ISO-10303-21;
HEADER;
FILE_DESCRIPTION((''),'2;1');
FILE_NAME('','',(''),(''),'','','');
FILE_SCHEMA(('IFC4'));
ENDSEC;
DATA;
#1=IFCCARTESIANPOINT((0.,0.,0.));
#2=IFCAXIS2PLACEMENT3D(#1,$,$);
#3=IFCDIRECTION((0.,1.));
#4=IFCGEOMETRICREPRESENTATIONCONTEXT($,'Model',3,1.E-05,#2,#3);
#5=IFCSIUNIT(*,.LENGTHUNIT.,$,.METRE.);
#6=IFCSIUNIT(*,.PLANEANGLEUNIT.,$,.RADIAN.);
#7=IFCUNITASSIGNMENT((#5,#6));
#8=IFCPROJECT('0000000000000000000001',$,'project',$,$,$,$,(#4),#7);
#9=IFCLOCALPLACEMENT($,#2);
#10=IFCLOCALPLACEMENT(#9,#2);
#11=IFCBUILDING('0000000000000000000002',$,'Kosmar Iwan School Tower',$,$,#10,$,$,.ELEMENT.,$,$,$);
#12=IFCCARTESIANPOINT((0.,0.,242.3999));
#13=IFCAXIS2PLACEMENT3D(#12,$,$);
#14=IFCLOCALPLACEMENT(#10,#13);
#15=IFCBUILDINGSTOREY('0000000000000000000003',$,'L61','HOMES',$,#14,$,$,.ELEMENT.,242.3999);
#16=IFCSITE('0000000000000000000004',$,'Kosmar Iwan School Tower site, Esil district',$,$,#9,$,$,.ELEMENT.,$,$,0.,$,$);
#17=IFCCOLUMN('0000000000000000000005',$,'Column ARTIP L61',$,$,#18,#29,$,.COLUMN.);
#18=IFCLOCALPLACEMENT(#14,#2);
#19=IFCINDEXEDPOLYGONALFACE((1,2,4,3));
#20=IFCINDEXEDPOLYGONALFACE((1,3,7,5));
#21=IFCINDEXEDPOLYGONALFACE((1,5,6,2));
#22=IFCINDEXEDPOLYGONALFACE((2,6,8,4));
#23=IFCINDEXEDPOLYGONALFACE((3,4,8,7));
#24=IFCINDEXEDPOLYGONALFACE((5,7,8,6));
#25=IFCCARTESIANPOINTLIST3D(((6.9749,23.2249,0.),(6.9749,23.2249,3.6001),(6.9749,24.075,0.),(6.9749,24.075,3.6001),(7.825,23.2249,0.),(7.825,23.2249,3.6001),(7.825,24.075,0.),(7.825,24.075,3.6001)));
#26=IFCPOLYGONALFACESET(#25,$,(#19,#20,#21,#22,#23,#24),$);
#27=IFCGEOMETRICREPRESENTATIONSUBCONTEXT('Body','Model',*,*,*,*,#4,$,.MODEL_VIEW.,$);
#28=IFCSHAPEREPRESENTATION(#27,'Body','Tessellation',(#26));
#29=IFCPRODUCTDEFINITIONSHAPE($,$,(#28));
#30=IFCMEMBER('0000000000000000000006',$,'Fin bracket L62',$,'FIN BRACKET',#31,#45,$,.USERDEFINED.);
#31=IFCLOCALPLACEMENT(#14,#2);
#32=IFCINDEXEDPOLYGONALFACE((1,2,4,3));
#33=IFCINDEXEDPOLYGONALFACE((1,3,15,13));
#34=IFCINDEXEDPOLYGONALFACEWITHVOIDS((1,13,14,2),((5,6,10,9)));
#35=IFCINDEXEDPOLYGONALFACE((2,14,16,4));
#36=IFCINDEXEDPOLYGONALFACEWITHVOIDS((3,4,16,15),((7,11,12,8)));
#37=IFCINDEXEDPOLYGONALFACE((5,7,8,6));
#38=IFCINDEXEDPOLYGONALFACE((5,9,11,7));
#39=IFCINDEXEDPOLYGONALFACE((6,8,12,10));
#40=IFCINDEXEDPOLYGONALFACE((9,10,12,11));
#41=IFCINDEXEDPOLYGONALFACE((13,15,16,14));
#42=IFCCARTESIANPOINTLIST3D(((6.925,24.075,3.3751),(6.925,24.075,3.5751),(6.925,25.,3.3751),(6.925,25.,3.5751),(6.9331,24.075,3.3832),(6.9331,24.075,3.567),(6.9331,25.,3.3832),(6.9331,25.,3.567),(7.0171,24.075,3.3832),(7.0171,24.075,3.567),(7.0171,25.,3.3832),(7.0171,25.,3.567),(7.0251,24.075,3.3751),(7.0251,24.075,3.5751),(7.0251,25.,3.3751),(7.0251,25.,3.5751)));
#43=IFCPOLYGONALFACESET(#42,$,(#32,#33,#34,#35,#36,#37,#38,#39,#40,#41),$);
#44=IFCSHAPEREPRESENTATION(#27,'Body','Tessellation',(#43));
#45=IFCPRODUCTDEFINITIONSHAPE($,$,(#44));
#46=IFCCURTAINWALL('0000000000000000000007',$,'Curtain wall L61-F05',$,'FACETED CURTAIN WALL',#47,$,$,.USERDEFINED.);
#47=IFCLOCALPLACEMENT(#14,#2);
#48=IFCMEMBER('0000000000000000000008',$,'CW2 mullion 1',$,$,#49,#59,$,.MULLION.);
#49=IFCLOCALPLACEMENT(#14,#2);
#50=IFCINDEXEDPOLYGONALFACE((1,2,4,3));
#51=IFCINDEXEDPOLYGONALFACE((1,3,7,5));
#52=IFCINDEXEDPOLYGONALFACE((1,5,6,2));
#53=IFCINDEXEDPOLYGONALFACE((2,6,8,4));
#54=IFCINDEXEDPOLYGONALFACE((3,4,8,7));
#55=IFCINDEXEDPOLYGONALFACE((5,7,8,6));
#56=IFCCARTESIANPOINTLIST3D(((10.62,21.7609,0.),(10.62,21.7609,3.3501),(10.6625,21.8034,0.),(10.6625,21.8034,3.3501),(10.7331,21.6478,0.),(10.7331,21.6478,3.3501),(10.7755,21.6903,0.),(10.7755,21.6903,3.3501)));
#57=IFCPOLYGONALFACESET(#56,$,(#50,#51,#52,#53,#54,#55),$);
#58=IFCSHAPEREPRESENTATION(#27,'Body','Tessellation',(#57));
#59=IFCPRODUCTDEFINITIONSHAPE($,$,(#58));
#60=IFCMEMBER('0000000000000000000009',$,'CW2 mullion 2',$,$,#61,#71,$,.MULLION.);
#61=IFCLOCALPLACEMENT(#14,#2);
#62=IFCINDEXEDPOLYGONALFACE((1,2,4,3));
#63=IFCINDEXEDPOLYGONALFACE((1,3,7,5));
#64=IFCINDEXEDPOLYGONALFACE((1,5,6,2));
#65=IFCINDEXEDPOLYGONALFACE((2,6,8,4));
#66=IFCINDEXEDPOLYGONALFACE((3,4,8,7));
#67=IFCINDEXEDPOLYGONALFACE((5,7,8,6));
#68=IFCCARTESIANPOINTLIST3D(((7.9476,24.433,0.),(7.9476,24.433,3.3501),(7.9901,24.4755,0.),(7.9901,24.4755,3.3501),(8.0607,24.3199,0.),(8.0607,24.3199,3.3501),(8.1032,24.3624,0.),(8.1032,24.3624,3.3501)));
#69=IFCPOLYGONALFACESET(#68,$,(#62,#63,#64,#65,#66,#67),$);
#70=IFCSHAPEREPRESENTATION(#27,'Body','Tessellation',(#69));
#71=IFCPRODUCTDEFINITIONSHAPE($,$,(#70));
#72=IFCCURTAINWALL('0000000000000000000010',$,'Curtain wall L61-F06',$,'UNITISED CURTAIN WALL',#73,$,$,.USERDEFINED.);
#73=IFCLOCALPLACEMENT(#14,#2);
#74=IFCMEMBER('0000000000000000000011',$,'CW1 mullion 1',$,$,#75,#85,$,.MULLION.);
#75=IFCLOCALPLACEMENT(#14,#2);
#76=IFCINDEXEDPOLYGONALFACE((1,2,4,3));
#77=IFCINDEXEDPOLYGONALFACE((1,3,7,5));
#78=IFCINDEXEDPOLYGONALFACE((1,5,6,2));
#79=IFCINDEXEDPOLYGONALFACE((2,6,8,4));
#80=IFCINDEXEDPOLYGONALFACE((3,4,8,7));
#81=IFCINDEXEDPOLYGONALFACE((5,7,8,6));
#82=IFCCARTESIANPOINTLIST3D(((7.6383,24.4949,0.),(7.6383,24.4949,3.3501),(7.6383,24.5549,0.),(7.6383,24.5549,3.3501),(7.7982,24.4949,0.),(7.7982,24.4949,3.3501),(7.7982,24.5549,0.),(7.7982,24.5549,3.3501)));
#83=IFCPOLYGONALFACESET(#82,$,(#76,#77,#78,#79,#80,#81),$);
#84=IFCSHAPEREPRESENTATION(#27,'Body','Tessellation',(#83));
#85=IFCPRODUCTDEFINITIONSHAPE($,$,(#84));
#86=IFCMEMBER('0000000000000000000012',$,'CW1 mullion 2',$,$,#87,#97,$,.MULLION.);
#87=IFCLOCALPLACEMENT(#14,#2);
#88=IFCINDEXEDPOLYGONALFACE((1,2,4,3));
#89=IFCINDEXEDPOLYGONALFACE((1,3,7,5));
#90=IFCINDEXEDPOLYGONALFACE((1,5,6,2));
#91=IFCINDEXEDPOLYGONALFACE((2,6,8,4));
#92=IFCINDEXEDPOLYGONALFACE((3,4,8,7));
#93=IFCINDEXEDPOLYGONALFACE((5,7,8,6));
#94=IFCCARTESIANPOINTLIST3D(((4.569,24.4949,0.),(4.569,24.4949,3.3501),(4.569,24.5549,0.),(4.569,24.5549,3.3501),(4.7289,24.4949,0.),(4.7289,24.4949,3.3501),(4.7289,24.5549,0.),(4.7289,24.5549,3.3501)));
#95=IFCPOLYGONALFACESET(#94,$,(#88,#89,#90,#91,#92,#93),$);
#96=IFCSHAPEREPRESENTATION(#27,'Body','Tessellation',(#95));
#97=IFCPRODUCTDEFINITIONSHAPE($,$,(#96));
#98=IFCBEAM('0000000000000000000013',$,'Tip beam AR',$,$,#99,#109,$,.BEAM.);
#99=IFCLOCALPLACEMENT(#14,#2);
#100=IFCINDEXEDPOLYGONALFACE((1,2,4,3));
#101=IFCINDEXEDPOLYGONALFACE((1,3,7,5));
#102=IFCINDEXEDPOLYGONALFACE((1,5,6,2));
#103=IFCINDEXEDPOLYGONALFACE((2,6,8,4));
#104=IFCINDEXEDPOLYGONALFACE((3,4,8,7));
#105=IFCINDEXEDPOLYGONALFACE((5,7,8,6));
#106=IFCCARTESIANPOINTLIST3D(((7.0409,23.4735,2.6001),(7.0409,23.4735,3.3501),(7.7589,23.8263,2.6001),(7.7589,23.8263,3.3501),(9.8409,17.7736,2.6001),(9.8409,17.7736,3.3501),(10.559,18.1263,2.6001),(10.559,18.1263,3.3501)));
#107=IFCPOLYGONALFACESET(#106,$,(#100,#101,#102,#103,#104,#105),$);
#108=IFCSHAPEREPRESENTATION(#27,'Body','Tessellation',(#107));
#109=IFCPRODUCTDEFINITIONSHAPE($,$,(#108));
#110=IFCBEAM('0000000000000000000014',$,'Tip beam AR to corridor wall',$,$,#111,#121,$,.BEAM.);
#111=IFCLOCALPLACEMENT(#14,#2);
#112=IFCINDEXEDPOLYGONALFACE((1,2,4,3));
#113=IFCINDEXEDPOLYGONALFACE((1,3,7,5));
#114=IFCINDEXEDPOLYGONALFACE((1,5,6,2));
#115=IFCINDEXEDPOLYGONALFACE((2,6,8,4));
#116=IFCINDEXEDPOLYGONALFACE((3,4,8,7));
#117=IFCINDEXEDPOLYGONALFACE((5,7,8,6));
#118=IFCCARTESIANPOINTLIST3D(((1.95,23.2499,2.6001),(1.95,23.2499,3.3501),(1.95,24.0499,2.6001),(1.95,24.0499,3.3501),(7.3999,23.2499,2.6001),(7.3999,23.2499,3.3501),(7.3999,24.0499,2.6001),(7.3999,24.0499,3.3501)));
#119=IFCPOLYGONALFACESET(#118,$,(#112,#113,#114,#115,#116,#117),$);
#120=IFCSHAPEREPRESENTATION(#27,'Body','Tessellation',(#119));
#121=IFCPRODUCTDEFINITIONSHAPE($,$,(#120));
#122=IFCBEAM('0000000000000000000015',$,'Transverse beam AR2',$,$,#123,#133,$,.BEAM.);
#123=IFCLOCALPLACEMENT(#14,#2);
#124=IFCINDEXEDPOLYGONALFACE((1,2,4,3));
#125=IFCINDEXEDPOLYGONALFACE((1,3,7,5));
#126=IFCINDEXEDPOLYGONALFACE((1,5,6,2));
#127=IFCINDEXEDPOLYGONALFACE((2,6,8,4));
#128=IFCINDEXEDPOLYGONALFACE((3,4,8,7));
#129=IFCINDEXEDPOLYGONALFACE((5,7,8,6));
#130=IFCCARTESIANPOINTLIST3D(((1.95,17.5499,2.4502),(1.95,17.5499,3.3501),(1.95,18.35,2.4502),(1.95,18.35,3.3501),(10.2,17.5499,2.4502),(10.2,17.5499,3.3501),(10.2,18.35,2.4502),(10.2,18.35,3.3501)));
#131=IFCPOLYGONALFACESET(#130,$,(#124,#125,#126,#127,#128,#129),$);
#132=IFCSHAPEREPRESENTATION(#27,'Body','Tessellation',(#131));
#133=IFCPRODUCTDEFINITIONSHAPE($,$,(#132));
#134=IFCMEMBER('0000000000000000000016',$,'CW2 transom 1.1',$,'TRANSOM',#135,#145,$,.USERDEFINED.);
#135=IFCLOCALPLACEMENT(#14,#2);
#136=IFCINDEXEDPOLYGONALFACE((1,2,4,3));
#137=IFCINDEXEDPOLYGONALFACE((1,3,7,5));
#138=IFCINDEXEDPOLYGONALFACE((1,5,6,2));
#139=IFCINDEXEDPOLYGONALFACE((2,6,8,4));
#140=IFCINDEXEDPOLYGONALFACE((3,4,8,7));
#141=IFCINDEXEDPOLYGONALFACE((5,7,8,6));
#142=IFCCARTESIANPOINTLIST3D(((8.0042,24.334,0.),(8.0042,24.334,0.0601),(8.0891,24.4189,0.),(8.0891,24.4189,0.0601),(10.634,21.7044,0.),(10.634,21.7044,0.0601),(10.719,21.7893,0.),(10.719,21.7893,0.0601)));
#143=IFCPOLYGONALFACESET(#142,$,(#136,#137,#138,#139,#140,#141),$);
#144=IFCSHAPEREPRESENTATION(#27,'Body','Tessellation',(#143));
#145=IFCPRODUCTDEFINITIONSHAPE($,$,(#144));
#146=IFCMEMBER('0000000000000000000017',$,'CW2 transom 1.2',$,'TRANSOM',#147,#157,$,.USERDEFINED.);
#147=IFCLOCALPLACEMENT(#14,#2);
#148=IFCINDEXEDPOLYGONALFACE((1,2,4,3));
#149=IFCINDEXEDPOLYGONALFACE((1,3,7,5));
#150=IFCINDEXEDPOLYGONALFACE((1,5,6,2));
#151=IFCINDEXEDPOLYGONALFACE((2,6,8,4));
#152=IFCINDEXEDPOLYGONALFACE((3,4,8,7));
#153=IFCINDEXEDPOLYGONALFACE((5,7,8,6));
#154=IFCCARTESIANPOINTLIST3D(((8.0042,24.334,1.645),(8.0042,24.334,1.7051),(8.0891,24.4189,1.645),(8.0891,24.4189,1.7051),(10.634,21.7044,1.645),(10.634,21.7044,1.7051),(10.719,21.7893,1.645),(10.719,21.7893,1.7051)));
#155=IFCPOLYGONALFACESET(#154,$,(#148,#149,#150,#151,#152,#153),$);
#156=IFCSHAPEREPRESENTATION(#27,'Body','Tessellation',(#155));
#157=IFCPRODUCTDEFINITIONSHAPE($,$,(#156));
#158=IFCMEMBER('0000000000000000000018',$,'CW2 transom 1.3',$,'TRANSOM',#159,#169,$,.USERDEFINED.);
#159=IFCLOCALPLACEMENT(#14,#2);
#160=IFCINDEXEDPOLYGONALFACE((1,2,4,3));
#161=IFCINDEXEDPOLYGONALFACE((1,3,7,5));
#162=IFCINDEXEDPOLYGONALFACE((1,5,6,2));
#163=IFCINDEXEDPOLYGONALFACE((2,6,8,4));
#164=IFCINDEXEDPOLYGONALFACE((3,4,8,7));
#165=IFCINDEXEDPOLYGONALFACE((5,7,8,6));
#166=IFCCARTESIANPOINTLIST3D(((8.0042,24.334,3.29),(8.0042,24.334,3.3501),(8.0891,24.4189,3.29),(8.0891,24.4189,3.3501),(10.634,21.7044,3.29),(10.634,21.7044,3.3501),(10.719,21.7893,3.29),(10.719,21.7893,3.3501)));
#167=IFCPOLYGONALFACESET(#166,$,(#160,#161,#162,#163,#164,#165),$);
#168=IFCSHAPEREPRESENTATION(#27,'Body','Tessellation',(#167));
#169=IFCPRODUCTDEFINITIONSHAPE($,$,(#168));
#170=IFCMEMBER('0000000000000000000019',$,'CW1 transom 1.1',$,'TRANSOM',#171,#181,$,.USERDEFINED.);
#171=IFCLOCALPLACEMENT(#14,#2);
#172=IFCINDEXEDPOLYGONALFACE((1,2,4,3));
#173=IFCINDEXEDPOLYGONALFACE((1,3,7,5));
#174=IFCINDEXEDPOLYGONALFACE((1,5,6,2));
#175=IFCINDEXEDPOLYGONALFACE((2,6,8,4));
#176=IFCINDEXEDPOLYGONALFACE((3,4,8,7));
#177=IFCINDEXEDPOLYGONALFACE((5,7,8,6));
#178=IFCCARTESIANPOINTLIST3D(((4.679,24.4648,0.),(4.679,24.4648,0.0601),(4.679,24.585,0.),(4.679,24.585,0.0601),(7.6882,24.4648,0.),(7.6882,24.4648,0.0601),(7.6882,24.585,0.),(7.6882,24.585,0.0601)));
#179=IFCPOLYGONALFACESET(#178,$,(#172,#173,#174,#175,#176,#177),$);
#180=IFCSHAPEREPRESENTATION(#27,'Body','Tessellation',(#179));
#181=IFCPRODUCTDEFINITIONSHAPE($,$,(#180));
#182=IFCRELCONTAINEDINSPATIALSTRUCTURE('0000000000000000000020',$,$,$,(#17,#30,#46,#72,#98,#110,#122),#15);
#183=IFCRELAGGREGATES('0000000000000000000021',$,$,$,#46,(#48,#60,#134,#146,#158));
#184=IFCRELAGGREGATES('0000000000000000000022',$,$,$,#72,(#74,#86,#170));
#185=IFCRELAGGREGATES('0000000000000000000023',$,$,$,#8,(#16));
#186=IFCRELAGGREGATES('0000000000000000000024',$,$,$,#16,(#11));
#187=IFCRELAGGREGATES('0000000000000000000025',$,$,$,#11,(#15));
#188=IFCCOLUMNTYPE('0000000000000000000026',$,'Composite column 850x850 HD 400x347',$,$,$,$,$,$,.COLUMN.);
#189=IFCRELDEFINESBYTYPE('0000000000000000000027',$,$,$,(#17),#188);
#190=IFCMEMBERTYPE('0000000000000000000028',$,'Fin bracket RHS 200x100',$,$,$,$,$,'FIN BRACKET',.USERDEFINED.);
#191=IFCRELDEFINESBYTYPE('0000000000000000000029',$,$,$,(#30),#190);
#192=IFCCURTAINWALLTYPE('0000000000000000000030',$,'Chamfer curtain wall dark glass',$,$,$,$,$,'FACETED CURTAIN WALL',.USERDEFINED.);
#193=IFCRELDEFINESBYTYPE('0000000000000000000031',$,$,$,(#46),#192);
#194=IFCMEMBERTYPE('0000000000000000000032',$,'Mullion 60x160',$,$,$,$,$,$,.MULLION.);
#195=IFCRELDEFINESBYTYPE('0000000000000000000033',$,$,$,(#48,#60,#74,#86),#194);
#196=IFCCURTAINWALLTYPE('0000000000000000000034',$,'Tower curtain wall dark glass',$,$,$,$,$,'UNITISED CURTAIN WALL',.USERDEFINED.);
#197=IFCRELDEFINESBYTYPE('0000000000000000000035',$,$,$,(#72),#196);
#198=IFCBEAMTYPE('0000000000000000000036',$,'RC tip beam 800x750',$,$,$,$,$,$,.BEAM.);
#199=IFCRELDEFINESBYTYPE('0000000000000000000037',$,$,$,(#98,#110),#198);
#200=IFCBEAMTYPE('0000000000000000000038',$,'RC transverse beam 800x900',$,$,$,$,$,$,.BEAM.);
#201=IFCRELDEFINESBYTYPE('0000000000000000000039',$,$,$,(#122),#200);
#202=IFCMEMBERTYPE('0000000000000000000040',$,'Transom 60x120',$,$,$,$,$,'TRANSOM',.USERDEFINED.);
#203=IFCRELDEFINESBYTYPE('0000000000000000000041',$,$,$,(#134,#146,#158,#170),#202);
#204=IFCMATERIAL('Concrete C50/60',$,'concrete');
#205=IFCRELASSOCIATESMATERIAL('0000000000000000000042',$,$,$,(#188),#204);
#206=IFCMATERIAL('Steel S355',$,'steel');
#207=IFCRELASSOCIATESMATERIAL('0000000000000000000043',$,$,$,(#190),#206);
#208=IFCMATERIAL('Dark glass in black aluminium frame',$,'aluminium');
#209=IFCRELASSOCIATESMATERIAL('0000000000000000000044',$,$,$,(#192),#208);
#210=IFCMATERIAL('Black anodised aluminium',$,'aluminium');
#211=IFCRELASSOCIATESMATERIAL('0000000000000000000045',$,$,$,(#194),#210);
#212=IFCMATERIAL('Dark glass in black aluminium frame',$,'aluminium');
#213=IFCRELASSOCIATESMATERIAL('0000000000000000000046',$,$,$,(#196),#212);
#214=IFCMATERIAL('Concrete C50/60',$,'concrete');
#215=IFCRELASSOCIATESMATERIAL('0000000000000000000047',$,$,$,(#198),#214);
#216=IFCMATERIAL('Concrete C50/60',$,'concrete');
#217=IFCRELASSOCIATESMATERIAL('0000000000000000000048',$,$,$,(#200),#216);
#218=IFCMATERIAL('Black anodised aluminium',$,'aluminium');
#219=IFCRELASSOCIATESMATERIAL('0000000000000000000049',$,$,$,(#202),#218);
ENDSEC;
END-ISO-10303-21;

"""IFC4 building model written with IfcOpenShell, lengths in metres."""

from ifc_helpers import new_model, si_unit, direction, frame, origin, origin_2d, place, context, subcontext, project, spatial, rectangle, hollow_rectangle, extrude, material, material_profile, profile_set, type_object, element, aggregate, save


model = new_model("IFC4")

# Units and contexts
model_context = context("Model", 3, precision=1e-05, world=origin(), true_north=direction((0.0, 1.0)))
body_context = subcontext(model_context, "Body", "Model", "MODEL_VIEW")
ifc_project = project(units=[si_unit("LENGTHUNIT", "METRE"), si_unit("PLANEANGLEUNIT", "RADIAN")], contexts=[model_context])

# Site, building, storey
site_placement = place(None, origin())
site = spatial("IfcSite", under=ifc_project, at=site_placement, Name="Kosmar Iwan School Tower site, Esil district", CompositionType="ELEMENT", RefElevation=0.0)
building_placement = place(site_placement, origin())
building = spatial("IfcBuilding", under=site, at=building_placement, Name="Kosmar Iwan School Tower", CompositionType="ELEMENT")
storey_placement = place(building_placement, frame((0.0, 0.0, 242.3999)))
storey = spatial("IfcBuildingStorey", under=building, at=storey_placement, Name="L61", Description="HOMES", CompositionType="ELEMENT", Elevation=242.3999)

# Column
ifc_material_1 = material(Name="Concrete C50/60", Category="concrete")
ifc_material_profile_1 = material_profile(ifc_material_1, rectangle(XDim=0.8501, YDim=0.8501, at=origin_2d()), Name="RC 850x850 + HD 400x347")
ifc_profile_set_1 = profile_set([ifc_material_profile_1], Name="Concrete C50/60")
column_type = type_object("IfcColumnType", Name="Composite column 850x850 HD 400x347", PredefinedType="COLUMN", material=ifc_profile_set_1)
column_placement = place(storey_placement, frame((7.3999, 23.6499, 0.0), z_axis=(0.0, 0.0, 1.0), x_axis=(0.0, 1.0, 0.0)))
element("IfcColumn", 1, at=column_placement, inside=storey, type_object=column_type, Name="Column ARTIP L61", PredefinedType="COLUMN", context=body_context, shape_type="SweptSolid", body=[
    extrude(rectangle(XDim=0.8501, YDim=0.8501, at=origin_2d()), origin(), (0.0, 0.0, 1.0), 3.6001),
])

# Member
ifc_material_2 = material(Name="Steel S355", Category="steel")
ifc_material_profile_2 = material_profile(ifc_material_2, hollow_rectangle(XDim=0.1001, YDim=0.2, WallThickness=0.0081, at=origin_2d()), Name="RHS 200x100x8")
ifc_profile_set_2 = profile_set([ifc_material_profile_2], Name="Steel S355")
member_type_1 = type_object("IfcMemberType", Name="Fin bracket RHS 200x100", ElementType="FIN BRACKET", PredefinedType="USERDEFINED", material=ifc_profile_set_2)
member_1_placement = place(storey_placement, frame((6.9751, 24.075, 3.4751), z_axis=(0.0, 1.0, 0.0), x_axis=(-1.0, 0.0, 0.0)))
element("IfcMember", 2, at=member_1_placement, inside=storey, type_object=member_type_1, Name="Fin bracket L62", ObjectType="FIN BRACKET", PredefinedType="USERDEFINED", context=body_context, shape_type="SweptSolid", body=[
    extrude(hollow_rectangle(XDim=0.1001, YDim=0.2, WallThickness=0.0081, at=origin_2d()), origin(), (0.0, 0.0, 1.0), 0.925),
])

# Curtain walls, members
ifc_material_3 = material(Name="Dark glass in black aluminium frame", Category="aluminium")
curtain_wall_type_1 = type_object("IfcCurtainWallType", Name="Chamfer curtain wall dark glass", ElementType="FACETED CURTAIN WALL", PredefinedType="USERDEFINED", material=ifc_material_3)
curtain_wall_1_placement = place(storey_placement, origin())
curtain_wall_1 = element("IfcCurtainWall", 3, at=curtain_wall_1_placement, inside=storey, type_object=curtain_wall_type_1, Name="Curtain wall L61-F05", ObjectType="FACETED CURTAIN WALL", PredefinedType="USERDEFINED")
ifc_material_4 = material(Name="Black anodised aluminium", Category="aluminium")
ifc_material_profile_3 = material_profile(ifc_material_4, rectangle(XDim=0.0601, YDim=0.1599, at=origin_2d()), Name="MULLION 60x160")
ifc_profile_set_3 = profile_set([ifc_material_profile_3], Name="Black anodised aluminium")
member_type_2 = type_object("IfcMemberType", Name="Mullion 60x160", PredefinedType="MULLION", material=ifc_profile_set_3)
member_2_placement = place(storey_placement, frame((10.6978, 21.7256, 0.0), z_axis=(0.0, 0.0, 1.0), x_axis=(-0.707107, -0.707107, 0.0)))
member_2 = element("IfcMember", 4, at=member_2_placement, type_object=member_type_2, Name="CW2 mullion 1", PredefinedType="MULLION", context=body_context, shape_type="SweptSolid", body=[
    extrude(rectangle(XDim=0.0601, YDim=0.1599, at=origin_2d()), origin(), (0.0, 0.0, 1.0), 3.3501),
])
member_3_placement = place(storey_placement, frame((8.0254, 24.3977, 0.0), z_axis=(0.0, 0.0, 1.0), x_axis=(-0.707107, -0.707107, 0.0)))
member_3 = element("IfcMember", 5, at=member_3_placement, type_object=member_type_2, Name="CW2 mullion 2", PredefinedType="MULLION", context=body_context, shape_type="SweptSolid", body=[
    extrude(rectangle(XDim=0.0601, YDim=0.1599, at=origin_2d()), origin(), (0.0, 0.0, 1.0), 3.3501),
])
ifc_material_5 = material(Name="Dark glass in black aluminium frame", Category="aluminium")
curtain_wall_type_2 = type_object("IfcCurtainWallType", Name="Tower curtain wall dark glass", ElementType="UNITISED CURTAIN WALL", PredefinedType="USERDEFINED", material=ifc_material_5)
curtain_wall_2_placement = place(storey_placement, origin())
curtain_wall_2 = element("IfcCurtainWall", 6, at=curtain_wall_2_placement, inside=storey, type_object=curtain_wall_type_2, Name="Curtain wall L61-F06", ObjectType="UNITISED CURTAIN WALL", PredefinedType="USERDEFINED")
member_4_placement = place(storey_placement, frame((7.7183, 24.5249, 0.0), z_axis=(0.0, 0.0, 1.0), x_axis=(0.0, -1.0, 0.0)))
member_4 = element("IfcMember", 7, at=member_4_placement, type_object=member_type_2, Name="CW1 mullion 1", PredefinedType="MULLION", context=body_context, shape_type="SweptSolid", body=[
    extrude(rectangle(XDim=0.0601, YDim=0.1599, at=origin_2d()), origin(), (0.0, 0.0, 1.0), 3.3501),
])
member_5_placement = place(storey_placement, frame((4.6489, 24.5249, 0.0), z_axis=(0.0, 0.0, 1.0), x_axis=(0.0, -1.0, 0.0)))
member_5 = element("IfcMember", 8, at=member_5_placement, type_object=member_type_2, Name="CW1 mullion 2", PredefinedType="MULLION", context=body_context, shape_type="SweptSolid", body=[
    extrude(rectangle(XDim=0.0601, YDim=0.1599, at=origin_2d()), origin(), (0.0, 0.0, 1.0), 3.3501),
])

# Beams
ifc_material_6 = material(Name="Concrete C50/60", Category="concrete")
ifc_material_profile_4 = material_profile(ifc_material_6, rectangle(XDim=0.8, YDim=0.75, at=origin_2d()), Name="RC 800x750")
ifc_profile_set_4 = profile_set([ifc_material_profile_4], Name="Concrete C50/60")
beam_type_1 = type_object("IfcBeamType", Name="RC tip beam 800x750", PredefinedType="BEAM", material=ifc_profile_set_4)
beam_1_placement = place(storey_placement, frame((10.2, 17.95, 2.9751), z_axis=(-0.440913, 0.89755, 0.0), x_axis=(-0.89755, -0.440913, 0.0)))
element("IfcBeam", 9, at=beam_1_placement, inside=storey, type_object=beam_type_1, Name="Tip beam AR", PredefinedType="BEAM", context=body_context, shape_type="SweptSolid", body=[
    extrude(rectangle(XDim=0.8, YDim=0.75, at=origin_2d()), origin(), (0.0, 0.0, 1.0), 6.3506),
])
beam_2_placement = place(storey_placement, frame((7.3999, 23.6499, 2.9751), z_axis=(-1.0, 0.0, 0.0), x_axis=(0.0, -1.0, 0.0)))
element("IfcBeam", 10, at=beam_2_placement, inside=storey, type_object=beam_type_1, Name="Tip beam AR to corridor wall", PredefinedType="BEAM", context=body_context, shape_type="SweptSolid", body=[
    extrude(rectangle(XDim=0.8, YDim=0.75, at=origin_2d()), origin(), (0.0, 0.0, 1.0), 5.45),
])
ifc_material_7 = material(Name="Concrete C50/60", Category="concrete")
ifc_material_profile_5 = material_profile(ifc_material_7, rectangle(XDim=0.8, YDim=0.8999, at=origin_2d()), Name="RC 800x900")
ifc_profile_set_5 = profile_set([ifc_material_profile_5], Name="Concrete C50/60")
beam_type_2 = type_object("IfcBeamType", Name="RC transverse beam 800x900", PredefinedType="BEAM", material=ifc_profile_set_5)
beam_3_placement = place(storey_placement, frame((10.2, 17.95, 2.9001), z_axis=(-1.0, 0.0, 0.0), x_axis=(0.0, -1.0, 0.0)))
element("IfcBeam", 11, at=beam_3_placement, inside=storey, type_object=beam_type_2, Name="Transverse beam AR2", PredefinedType="BEAM", context=body_context, shape_type="SweptSolid", body=[
    extrude(rectangle(XDim=0.8, YDim=0.8999, at=origin_2d()), origin(), (0.0, 0.0, 1.0), 8.25),
])

# Members
ifc_material_8 = material(Name="Black anodised aluminium", Category="aluminium")
ifc_material_profile_6 = material_profile(ifc_material_8, rectangle(XDim=0.1201, YDim=0.0601, at=origin_2d()), Name="TRANSOM 60x120")
ifc_profile_set_6 = profile_set([ifc_material_profile_6], Name="Black anodised aluminium")
member_type_3 = type_object("IfcMemberType", Name="Transom 60x120", ElementType="TRANSOM", PredefinedType="USERDEFINED", material=ifc_profile_set_6)
member_6_placement = place(storey_placement, frame((10.6765, 21.7468, 0.03), z_axis=(-0.70714, 0.707074, 0.0), x_axis=(-0.707074, -0.70714, 0.0)))
member_6 = element("IfcMember", 12, at=member_6_placement, type_object=member_type_3, Name="CW2 transom 1.1", ObjectType="TRANSOM", PredefinedType="USERDEFINED", context=body_context, shape_type="SweptSolid", body=[
    extrude(rectangle(XDim=0.1201, YDim=0.0601, at=origin_2d()), origin(), (0.0, 0.0, 1.0), 3.719),
])
member_7_placement = place(storey_placement, frame((10.6765, 21.7468, 1.675), z_axis=(-0.70714, 0.707074, 0.0), x_axis=(-0.707074, -0.70714, 0.0)))
member_7 = element("IfcMember", 13, at=member_7_placement, type_object=member_type_3, Name="CW2 transom 1.2", ObjectType="TRANSOM", PredefinedType="USERDEFINED", context=body_context, shape_type="SweptSolid", body=[
    extrude(rectangle(XDim=0.1201, YDim=0.0601, at=origin_2d()), origin(), (0.0, 0.0, 1.0), 3.719),
])
member_8_placement = place(storey_placement, frame((10.6765, 21.7468, 3.3201), z_axis=(-0.70714, 0.707074, 0.0), x_axis=(-0.707074, -0.70714, 0.0)))
member_8 = element("IfcMember", 14, at=member_8_placement, type_object=member_type_3, Name="CW2 transom 1.3", ObjectType="TRANSOM", PredefinedType="USERDEFINED", context=body_context, shape_type="SweptSolid", body=[
    extrude(rectangle(XDim=0.1201, YDim=0.0601, at=origin_2d()), origin(), (0.0, 0.0, 1.0), 3.719),
])
member_9_placement = place(storey_placement, frame((7.6882, 24.5249, 0.03), z_axis=(-1.0, 0.0, 0.0), x_axis=(0.0, -1.0, 0.0)))
member_9 = element("IfcMember", 15, at=member_9_placement, type_object=member_type_3, Name="CW1 transom 1.1", ObjectType="TRANSOM", PredefinedType="USERDEFINED", context=body_context, shape_type="SweptSolid", body=[
    extrude(rectangle(XDim=0.1201, YDim=0.0601, at=origin_2d()), origin(), (0.0, 0.0, 1.0), 3.0093),
])

aggregate(curtain_wall_1, [member_2, member_3, member_6, member_7, member_8])
aggregate(curtain_wall_2, [member_4, member_5, member_9])

save(model, "model.ifc")
